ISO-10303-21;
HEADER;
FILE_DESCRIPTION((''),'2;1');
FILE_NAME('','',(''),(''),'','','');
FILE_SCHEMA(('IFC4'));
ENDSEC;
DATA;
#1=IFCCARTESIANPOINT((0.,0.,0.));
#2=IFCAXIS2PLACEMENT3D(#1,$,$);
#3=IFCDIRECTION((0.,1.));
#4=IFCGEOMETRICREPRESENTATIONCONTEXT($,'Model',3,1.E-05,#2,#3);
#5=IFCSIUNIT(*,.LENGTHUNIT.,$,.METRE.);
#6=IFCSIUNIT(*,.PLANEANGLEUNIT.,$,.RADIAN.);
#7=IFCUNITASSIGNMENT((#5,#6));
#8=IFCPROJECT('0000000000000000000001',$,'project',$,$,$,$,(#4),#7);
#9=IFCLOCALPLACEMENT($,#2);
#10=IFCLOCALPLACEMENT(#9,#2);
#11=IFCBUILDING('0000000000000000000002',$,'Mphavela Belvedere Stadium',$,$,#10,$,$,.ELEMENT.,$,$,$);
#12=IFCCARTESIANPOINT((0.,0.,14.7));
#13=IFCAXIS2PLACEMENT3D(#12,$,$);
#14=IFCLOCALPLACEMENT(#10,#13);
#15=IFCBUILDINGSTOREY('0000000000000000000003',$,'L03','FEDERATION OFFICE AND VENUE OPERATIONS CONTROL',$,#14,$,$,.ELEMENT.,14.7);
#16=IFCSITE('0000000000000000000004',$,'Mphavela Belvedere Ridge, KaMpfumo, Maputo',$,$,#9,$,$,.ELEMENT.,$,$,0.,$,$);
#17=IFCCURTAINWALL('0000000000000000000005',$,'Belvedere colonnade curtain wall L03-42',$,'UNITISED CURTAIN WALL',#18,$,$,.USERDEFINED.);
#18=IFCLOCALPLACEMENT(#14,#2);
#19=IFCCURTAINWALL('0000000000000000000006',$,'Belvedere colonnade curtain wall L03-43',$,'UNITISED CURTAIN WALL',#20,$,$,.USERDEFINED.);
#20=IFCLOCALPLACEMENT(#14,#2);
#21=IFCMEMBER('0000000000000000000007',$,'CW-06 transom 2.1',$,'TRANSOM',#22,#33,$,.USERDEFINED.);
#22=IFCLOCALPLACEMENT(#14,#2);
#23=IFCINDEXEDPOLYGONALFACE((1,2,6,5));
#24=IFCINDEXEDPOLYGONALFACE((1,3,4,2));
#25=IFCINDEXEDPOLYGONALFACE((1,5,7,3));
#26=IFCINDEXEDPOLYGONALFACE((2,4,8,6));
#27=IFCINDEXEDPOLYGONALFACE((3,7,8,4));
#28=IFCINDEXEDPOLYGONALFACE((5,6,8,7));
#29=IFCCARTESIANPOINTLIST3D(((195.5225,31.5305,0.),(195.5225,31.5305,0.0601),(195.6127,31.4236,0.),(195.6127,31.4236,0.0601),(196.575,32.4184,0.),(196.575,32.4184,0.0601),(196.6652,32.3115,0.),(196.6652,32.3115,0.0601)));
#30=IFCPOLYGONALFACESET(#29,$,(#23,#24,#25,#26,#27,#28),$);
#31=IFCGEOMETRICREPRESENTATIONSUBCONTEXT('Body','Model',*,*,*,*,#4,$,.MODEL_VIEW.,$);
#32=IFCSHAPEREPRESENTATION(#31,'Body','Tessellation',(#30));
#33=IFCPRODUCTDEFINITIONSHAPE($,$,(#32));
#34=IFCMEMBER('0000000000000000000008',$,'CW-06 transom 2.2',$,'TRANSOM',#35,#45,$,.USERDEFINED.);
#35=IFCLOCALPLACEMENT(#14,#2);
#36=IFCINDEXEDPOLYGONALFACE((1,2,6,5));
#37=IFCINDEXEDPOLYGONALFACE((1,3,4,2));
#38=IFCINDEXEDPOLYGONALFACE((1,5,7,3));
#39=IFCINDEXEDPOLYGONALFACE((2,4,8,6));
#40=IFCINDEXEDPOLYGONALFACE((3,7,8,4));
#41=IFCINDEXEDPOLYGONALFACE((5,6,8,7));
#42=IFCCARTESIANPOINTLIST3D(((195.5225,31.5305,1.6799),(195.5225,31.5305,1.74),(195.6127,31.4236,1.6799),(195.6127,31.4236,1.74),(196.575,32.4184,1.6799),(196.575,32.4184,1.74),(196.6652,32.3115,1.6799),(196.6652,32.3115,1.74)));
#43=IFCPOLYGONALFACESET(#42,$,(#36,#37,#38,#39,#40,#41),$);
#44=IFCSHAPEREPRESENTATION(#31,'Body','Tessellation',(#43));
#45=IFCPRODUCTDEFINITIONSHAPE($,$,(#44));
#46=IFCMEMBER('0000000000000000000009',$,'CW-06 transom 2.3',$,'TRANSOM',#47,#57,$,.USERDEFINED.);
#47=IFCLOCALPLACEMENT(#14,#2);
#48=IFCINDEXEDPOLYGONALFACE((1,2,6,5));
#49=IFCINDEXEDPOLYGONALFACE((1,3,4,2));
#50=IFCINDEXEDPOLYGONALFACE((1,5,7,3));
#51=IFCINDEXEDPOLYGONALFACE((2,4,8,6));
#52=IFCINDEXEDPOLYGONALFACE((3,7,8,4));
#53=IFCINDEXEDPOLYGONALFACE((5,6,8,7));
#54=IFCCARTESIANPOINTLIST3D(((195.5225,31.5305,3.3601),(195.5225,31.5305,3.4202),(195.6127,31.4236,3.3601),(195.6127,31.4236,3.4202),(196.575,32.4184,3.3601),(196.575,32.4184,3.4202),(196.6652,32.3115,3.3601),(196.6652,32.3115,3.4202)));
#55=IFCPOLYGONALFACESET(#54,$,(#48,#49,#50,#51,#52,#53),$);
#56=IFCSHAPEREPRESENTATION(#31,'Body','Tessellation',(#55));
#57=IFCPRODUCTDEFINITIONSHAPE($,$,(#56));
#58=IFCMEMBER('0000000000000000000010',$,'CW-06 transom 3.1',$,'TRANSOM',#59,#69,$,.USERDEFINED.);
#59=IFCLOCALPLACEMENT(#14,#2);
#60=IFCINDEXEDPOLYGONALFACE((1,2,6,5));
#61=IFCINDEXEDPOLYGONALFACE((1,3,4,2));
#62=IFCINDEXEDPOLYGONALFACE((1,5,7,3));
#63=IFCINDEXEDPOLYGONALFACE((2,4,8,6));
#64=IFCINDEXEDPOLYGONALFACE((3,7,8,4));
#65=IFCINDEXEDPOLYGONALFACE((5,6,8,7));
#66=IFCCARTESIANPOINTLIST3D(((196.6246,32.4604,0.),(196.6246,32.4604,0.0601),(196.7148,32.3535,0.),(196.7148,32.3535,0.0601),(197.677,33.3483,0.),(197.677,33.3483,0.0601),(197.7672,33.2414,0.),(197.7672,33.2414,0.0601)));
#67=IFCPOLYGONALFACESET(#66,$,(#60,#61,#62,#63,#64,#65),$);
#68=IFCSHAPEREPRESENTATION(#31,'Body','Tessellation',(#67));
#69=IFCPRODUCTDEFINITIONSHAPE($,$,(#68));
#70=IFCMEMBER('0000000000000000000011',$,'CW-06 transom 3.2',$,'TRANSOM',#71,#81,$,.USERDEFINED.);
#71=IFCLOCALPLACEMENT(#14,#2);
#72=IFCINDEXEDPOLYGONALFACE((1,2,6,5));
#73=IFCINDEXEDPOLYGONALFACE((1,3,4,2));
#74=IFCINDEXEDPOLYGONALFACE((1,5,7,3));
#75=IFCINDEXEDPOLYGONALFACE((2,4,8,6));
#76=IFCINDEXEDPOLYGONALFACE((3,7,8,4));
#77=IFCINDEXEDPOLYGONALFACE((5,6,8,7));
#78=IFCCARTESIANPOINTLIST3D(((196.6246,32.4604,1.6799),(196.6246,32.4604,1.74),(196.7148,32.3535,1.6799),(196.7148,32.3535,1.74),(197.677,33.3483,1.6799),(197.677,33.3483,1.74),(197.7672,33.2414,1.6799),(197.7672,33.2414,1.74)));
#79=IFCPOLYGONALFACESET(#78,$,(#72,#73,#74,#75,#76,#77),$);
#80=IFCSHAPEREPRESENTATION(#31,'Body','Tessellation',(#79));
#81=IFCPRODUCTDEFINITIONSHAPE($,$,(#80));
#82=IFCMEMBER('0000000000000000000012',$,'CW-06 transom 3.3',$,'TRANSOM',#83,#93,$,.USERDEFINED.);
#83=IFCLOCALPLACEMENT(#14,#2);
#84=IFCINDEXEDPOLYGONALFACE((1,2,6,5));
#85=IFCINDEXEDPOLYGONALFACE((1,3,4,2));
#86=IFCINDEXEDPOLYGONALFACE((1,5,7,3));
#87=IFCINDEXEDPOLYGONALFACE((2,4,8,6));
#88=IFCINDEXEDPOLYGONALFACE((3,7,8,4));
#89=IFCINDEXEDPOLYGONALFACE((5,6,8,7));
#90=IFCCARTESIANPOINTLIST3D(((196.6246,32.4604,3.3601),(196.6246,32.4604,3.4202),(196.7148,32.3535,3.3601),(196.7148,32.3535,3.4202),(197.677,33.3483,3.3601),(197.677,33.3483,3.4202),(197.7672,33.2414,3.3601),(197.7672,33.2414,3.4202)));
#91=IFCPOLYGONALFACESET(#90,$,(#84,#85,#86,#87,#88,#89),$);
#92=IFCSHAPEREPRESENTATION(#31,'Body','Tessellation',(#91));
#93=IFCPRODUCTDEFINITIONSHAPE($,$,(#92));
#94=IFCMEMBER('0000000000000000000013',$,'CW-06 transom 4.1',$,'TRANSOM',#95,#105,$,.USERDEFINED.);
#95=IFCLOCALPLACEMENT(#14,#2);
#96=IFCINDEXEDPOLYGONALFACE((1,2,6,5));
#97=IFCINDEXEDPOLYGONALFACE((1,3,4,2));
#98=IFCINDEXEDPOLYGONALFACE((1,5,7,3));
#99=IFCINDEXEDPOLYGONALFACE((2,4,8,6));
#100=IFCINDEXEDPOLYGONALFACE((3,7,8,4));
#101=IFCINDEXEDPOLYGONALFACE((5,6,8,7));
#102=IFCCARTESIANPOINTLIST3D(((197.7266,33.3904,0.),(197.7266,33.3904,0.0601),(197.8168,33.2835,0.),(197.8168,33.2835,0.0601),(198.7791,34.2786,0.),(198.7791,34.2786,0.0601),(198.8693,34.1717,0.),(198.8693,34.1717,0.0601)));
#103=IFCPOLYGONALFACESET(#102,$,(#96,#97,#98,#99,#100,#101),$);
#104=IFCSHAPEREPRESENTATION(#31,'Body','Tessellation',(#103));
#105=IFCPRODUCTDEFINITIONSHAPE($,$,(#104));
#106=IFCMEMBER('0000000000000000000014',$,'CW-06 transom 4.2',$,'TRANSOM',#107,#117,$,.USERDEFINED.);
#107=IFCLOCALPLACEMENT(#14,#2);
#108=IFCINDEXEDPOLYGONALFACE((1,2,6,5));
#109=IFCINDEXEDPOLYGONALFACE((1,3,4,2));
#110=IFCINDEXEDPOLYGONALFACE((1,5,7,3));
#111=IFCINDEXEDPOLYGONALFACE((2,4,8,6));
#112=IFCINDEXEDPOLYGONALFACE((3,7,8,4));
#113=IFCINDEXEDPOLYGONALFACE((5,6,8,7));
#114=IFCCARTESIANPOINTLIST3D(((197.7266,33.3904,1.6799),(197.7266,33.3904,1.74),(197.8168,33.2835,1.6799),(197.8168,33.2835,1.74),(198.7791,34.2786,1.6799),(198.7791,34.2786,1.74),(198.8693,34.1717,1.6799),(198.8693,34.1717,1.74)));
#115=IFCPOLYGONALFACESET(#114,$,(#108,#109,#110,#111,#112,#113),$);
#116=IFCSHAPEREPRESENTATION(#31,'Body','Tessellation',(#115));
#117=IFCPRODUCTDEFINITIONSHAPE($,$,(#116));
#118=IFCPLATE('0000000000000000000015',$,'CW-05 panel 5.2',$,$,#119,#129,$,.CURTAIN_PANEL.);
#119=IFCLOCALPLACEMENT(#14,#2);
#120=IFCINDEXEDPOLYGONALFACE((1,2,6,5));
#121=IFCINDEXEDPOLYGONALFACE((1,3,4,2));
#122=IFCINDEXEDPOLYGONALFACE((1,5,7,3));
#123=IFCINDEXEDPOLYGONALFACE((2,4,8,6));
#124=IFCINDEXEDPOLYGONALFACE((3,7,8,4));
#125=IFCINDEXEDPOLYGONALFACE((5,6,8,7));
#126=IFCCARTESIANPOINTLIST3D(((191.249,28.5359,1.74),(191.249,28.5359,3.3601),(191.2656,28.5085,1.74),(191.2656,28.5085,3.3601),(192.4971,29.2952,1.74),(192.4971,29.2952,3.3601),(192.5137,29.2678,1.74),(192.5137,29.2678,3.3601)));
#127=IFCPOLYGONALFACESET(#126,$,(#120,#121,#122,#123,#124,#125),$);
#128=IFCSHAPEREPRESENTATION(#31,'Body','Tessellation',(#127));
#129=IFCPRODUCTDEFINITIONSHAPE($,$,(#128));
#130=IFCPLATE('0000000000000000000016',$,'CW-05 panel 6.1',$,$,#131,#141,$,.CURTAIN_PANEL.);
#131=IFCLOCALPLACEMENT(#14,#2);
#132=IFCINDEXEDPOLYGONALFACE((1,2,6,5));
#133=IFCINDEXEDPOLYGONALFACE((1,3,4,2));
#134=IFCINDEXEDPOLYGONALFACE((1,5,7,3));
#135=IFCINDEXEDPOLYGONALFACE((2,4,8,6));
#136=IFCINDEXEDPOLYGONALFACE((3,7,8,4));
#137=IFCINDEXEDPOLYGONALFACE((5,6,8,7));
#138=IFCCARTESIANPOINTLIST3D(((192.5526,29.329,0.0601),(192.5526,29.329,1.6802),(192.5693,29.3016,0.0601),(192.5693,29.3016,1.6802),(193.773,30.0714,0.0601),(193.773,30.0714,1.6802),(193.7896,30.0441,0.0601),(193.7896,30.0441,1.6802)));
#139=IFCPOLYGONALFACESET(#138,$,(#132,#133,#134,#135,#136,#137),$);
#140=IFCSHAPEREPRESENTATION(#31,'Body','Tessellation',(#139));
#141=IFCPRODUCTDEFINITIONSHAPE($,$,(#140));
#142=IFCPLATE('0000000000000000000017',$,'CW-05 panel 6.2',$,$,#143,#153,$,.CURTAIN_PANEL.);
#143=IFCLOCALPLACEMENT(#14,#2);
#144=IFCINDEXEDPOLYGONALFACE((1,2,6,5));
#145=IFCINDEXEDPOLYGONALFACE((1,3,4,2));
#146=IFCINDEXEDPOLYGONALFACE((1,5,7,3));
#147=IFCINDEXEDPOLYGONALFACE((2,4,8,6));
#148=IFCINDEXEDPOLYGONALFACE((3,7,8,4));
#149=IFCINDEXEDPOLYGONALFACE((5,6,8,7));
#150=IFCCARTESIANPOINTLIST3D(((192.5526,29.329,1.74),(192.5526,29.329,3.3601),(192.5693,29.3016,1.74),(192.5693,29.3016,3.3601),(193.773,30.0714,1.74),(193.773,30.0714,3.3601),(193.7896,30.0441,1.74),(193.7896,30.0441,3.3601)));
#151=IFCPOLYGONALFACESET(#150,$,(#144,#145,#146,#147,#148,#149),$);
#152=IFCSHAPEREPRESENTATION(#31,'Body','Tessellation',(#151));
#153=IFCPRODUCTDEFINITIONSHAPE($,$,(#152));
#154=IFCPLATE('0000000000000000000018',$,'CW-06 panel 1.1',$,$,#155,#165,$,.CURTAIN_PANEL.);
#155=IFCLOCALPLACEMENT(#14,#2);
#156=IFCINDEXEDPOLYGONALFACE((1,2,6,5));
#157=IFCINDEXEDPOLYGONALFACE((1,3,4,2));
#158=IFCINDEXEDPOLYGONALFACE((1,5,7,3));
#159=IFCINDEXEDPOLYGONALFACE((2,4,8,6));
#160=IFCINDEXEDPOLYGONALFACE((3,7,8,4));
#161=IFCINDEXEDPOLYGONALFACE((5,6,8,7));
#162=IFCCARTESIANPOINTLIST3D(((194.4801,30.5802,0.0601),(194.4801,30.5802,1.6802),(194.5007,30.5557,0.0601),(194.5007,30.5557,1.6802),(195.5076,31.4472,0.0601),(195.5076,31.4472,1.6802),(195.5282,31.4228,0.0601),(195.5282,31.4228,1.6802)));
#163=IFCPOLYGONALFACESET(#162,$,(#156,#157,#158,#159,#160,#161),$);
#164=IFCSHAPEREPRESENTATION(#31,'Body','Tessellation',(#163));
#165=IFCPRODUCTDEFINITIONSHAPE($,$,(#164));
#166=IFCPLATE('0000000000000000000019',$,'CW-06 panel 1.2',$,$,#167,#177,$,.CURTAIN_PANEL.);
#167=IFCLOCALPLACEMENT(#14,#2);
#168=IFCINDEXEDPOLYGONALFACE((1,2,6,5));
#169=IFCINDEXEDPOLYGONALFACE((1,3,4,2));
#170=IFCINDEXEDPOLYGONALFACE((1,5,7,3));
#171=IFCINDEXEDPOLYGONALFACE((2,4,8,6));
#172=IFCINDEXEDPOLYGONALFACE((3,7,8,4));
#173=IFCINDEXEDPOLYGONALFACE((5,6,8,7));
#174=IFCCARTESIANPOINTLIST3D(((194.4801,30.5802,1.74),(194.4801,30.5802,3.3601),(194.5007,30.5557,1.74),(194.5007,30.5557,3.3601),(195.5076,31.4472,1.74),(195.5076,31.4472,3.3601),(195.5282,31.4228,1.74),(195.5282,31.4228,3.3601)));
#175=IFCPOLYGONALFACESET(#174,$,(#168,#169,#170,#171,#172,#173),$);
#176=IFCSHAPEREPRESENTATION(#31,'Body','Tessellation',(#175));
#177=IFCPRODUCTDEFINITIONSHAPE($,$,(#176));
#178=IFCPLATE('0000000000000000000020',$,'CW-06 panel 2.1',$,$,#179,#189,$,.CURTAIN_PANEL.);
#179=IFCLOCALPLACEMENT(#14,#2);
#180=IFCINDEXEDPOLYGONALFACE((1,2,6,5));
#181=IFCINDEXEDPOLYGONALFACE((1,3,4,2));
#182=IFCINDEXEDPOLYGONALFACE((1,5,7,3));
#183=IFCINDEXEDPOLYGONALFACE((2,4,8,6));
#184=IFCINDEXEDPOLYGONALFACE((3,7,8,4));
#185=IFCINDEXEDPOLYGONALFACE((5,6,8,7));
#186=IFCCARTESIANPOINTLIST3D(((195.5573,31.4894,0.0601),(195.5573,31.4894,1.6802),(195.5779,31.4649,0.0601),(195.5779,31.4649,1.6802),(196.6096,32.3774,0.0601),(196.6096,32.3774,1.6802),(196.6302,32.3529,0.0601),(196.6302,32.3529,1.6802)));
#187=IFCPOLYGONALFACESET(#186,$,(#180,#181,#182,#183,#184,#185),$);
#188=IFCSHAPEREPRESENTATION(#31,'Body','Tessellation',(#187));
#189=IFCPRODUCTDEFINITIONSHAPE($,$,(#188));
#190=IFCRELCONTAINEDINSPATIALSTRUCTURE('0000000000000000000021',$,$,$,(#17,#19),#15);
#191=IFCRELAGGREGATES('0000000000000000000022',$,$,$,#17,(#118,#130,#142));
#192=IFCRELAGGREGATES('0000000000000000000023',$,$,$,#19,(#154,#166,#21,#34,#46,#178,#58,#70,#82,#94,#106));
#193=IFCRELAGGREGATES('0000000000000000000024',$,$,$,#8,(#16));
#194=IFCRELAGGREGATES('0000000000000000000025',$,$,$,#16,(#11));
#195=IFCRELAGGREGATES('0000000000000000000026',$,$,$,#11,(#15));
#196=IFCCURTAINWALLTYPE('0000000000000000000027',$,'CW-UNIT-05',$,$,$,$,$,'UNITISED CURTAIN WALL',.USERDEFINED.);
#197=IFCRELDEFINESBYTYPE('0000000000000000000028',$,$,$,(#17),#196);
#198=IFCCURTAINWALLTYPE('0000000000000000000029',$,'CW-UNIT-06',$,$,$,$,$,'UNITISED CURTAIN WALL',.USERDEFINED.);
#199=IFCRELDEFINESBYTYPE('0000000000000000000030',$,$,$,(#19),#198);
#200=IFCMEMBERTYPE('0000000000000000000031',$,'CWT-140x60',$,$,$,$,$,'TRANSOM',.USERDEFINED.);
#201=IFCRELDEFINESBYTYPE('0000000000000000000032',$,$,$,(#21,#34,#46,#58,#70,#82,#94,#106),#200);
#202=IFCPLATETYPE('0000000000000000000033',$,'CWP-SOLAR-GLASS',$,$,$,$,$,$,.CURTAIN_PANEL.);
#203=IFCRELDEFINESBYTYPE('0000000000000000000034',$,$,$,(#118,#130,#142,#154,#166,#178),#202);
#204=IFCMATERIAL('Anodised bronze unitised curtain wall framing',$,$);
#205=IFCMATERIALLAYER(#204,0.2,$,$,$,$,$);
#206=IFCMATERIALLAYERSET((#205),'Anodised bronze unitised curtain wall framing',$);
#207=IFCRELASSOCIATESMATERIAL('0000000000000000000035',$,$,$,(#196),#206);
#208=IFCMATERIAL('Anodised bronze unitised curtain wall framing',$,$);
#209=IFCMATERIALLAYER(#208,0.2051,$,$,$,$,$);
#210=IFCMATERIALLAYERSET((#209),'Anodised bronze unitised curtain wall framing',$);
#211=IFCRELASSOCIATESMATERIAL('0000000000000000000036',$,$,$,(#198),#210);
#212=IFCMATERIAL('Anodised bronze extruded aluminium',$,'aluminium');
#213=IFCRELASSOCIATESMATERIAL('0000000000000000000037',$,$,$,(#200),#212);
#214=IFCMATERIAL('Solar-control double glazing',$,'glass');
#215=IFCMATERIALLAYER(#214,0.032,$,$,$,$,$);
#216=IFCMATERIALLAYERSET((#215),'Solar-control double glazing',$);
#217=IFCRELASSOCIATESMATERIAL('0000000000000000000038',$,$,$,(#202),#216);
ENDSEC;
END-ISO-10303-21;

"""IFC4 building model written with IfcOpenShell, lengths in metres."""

from ifc_helpers import new_model, si_unit, direction, frame, origin, origin_2d, place, context, subcontext, project, spatial, rectangle, extrude, material, layer, layer_set, material_profile, profile_set, type_object, element, aggregate, save


model = new_model("IFC4")

# Units and contexts
model_context = context("Model", 3, precision=1e-05, world=origin(), true_north=direction((0.0, 1.0)))
body_context = subcontext(model_context, "Body", "Model", "MODEL_VIEW")
ifc_project = project(units=[si_unit("LENGTHUNIT", "METRE"), si_unit("PLANEANGLEUNIT", "RADIAN")], contexts=[model_context])

# Site, building, storey
site_placement = place(None, origin())
site = spatial("IfcSite", under=ifc_project, at=site_placement, Name="Mphavela Belvedere Ridge, KaMpfumo, Maputo", CompositionType="ELEMENT", RefElevation=0.0)
building_placement = place(site_placement, origin())
building = spatial("IfcBuilding", under=site, at=building_placement, Name="Mphavela Belvedere Stadium", CompositionType="ELEMENT")
storey_placement = place(building_placement, frame((0.0, 0.0, 14.7)))
storey = spatial("IfcBuildingStorey", under=building, at=storey_placement, Name="L03", Description="FEDERATION OFFICE AND VENUE OPERATIONS CONTROL", CompositionType="ELEMENT", Elevation=14.7)

# Curtain walls
ifc_material_1 = material(Name="Anodised bronze unitised curtain wall framing")
ifc_layer_1 = layer(ifc_material_1, 0.2)
ifc_layer_set_1 = layer_set([ifc_layer_1], Name="Anodised bronze unitised curtain wall framing")
curtain_wall_type_1 = type_object("IfcCurtainWallType", Name="CW-UNIT-05", ElementType="UNITISED CURTAIN WALL", PredefinedType="USERDEFINED", material=ifc_layer_set_1)
curtain_wall_1_placement = place(storey_placement, origin())
curtain_wall_1 = element("IfcCurtainWall", 1, at=curtain_wall_1_placement, inside=storey, type_object=curtain_wall_type_1, Name="Belvedere colonnade curtain wall L03-42", ObjectType="UNITISED CURTAIN WALL", PredefinedType="USERDEFINED")
ifc_material_2 = material(Name="Anodised bronze unitised curtain wall framing")
ifc_layer_2 = layer(ifc_material_2, 0.2051)
ifc_layer_set_2 = layer_set([ifc_layer_2], Name="Anodised bronze unitised curtain wall framing")
curtain_wall_type_2 = type_object("IfcCurtainWallType", Name="CW-UNIT-06", ElementType="UNITISED CURTAIN WALL", PredefinedType="USERDEFINED", material=ifc_layer_set_2)
curtain_wall_2_placement = place(storey_placement, origin())
curtain_wall_2 = element("IfcCurtainWall", 2, at=curtain_wall_2_placement, inside=storey, type_object=curtain_wall_type_2, Name="Belvedere colonnade curtain wall L03-43", ObjectType="UNITISED CURTAIN WALL", PredefinedType="USERDEFINED")

# Members
ifc_material_3 = material(Name="Anodised bronze extruded aluminium", Category="aluminium")
ifc_material_profile_1 = material_profile(ifc_material_3, rectangle(XDim=0.1399, YDim=0.0601, at=origin_2d()), Name="CW-TRN 140x60")
ifc_profile_set_1 = profile_set([ifc_material_profile_1], Name="Anodised bronze extruded aluminium")
member_type_1 = type_object("IfcMemberType", Name="CWT-140x60", ElementType="TRANSOM", PredefinedType="USERDEFINED", material=ifc_profile_set_1)
member_1_placement = place(storey_placement, frame((195.5676, 31.4771, 0.03), z_axis=(0.764327, 0.644829, 0.0), x_axis=(-0.644829, 0.764327, 0.0)))
member_1 = element("IfcMember", 3, at=member_1_placement, type_object=member_type_1, Name="CW-06 transom 2.1", ObjectType="TRANSOM", PredefinedType="USERDEFINED", context=body_context, shape_type="SweptSolid", body=[
    extrude(rectangle(XDim=0.1399, YDim=0.0601, at=origin_2d()), origin(), (0.0, 0.0, 1.0), 1.377),
])
member_2_placement = place(storey_placement, frame((195.5676, 31.4771, 1.71), z_axis=(0.764327, 0.644829, 0.0), x_axis=(-0.644829, 0.764327, 0.0)))
member_2 = element("IfcMember", 4, at=member_2_placement, type_object=member_type_1, Name="CW-06 transom 2.2", ObjectType="TRANSOM", PredefinedType="USERDEFINED", context=body_context, shape_type="SweptSolid", body=[
    extrude(rectangle(XDim=0.1399, YDim=0.0601, at=origin_2d()), origin(), (0.0, 0.0, 1.0), 1.377),
])
member_3_placement = place(storey_placement, frame((195.5676, 31.4771, 3.3901), z_axis=(0.764327, 0.644829, 0.0), x_axis=(-0.644829, 0.764327, 0.0)))
member_3 = element("IfcMember", 5, at=member_3_placement, type_object=member_type_1, Name="CW-06 transom 2.3", ObjectType="TRANSOM", PredefinedType="USERDEFINED", context=body_context, shape_type="SweptSolid", body=[
    extrude(rectangle(XDim=0.1399, YDim=0.0601, at=origin_2d()), origin(), (0.0, 0.0, 1.0), 1.377),
])
member_4_placement = place(storey_placement, frame((196.6697, 32.407, 0.03), z_axis=(0.764327, 0.644829, 0.0), x_axis=(-0.644829, 0.764327, 0.0)))
member_4 = element("IfcMember", 6, at=member_4_placement, type_object=member_type_1, Name="CW-06 transom 3.1", ObjectType="TRANSOM", PredefinedType="USERDEFINED", context=body_context, shape_type="SweptSolid", body=[
    extrude(rectangle(XDim=0.1399, YDim=0.0601, at=origin_2d()), origin(), (0.0, 0.0, 1.0), 1.377),
])
member_5_placement = place(storey_placement, frame((196.6697, 32.407, 1.71), z_axis=(0.764327, 0.644829, 0.0), x_axis=(-0.644829, 0.764327, 0.0)))
member_5 = element("IfcMember", 7, at=member_5_placement, type_object=member_type_1, Name="CW-06 transom 3.2", ObjectType="TRANSOM", PredefinedType="USERDEFINED", context=body_context, shape_type="SweptSolid", body=[
    extrude(rectangle(XDim=0.1399, YDim=0.0601, at=origin_2d()), origin(), (0.0, 0.0, 1.0), 1.377),
])
member_6_placement = place(storey_placement, frame((196.6697, 32.407, 3.3901), z_axis=(0.764327, 0.644829, 0.0), x_axis=(-0.644829, 0.764327, 0.0)))
member_6 = element("IfcMember", 8, at=member_6_placement, type_object=member_type_1, Name="CW-06 transom 3.3", ObjectType="TRANSOM", PredefinedType="USERDEFINED", context=body_context, shape_type="SweptSolid", body=[
    extrude(rectangle(XDim=0.1399, YDim=0.0601, at=origin_2d()), origin(), (0.0, 0.0, 1.0), 1.377),
])
member_7_placement = place(storey_placement, frame((197.7717, 33.3369, 0.03), z_axis=(0.76424, 0.644932, 0.0), x_axis=(-0.644932, 0.76424, 0.0)))
member_7 = element("IfcMember", 9, at=member_7_placement, type_object=member_type_1, Name="CW-06 transom 4.1", ObjectType="TRANSOM", PredefinedType="USERDEFINED", context=body_context, shape_type="SweptSolid", body=[
    extrude(rectangle(XDim=0.1399, YDim=0.0601, at=origin_2d()), origin(), (0.0, 0.0, 1.0), 1.3772),
])
member_8_placement = place(storey_placement, frame((197.7717, 33.3369, 1.71), z_axis=(0.76424, 0.644932, 0.0), x_axis=(-0.644932, 0.76424, 0.0)))
member_8 = element("IfcMember", 10, at=member_8_placement, type_object=member_type_1, Name="CW-06 transom 4.2", ObjectType="TRANSOM", PredefinedType="USERDEFINED", context=body_context, shape_type="SweptSolid", body=[
    extrude(rectangle(XDim=0.1399, YDim=0.0601, at=origin_2d()), origin(), (0.0, 0.0, 1.0), 1.3772),
])

# Plates
ifc_material_4 = material(Name="Solar-control double glazing", Category="glass")
ifc_layer_3 = layer(ifc_material_4, 0.032)
ifc_layer_set_3 = layer_set([ifc_layer_3], Name="Solar-control double glazing")
plate_type = type_object("IfcPlateType", Name="CWP-SOLAR-GLASS", PredefinedType="CURTAIN_PANEL", material=ifc_layer_set_3)
plate_1_placement = place(storey_placement, frame((191.8813, 28.9019, 1.74), z_axis=(0.0, 0.0, 1.0), x_axis=(0.854325, 0.519738, 0.0)))
plate_1 = element("IfcPlate", 11, at=plate_1_placement, type_object=plate_type, Name="CW-05 panel 5.2", PredefinedType="CURTAIN_PANEL", context=body_context, shape_type="SweptSolid", body=[
    extrude(rectangle(XDim=1.4609, YDim=0.032, at=origin_2d()), origin(), (0.0, 0.0, 1.0), 1.6201),
])
plate_2_placement = place(storey_placement, frame((193.1711, 29.6865, 0.0601), z_axis=(0.0, 0.0, 1.0), x_axis=(0.854325, 0.519738, 0.0)))
plate_2 = element("IfcPlate", 12, at=plate_2_placement, type_object=plate_type, Name="CW-05 panel 6.1", PredefinedType="CURTAIN_PANEL", context=body_context, shape_type="SweptSolid", body=[
    extrude(rectangle(XDim=1.4285, YDim=0.032, at=origin_2d()), origin(), (0.0, 0.0, 1.0), 1.6201),
])
plate_3_placement = place(storey_placement, frame((193.1711, 29.6865, 1.74), z_axis=(0.0, 0.0, 1.0), x_axis=(0.854325, 0.519738, 0.0)))
plate_3 = element("IfcPlate", 13, at=plate_3_placement, type_object=plate_type, Name="CW-05 panel 6.2", PredefinedType="CURTAIN_PANEL", context=body_context, shape_type="SweptSolid", body=[
    extrude(rectangle(XDim=1.4285, YDim=0.032, at=origin_2d()), origin(), (0.0, 0.0, 1.0), 1.6201),
])
aggregate(curtain_wall_1, [plate_1, plate_2, plate_3])
plate_4_placement = place(storey_placement, frame((195.0042, 31.0015, 0.0601), z_axis=(0.0, 0.0, 1.0), x_axis=(0.764263, 0.644905, 0.0)))
plate_4 = element("IfcPlate", 14, at=plate_4_placement, type_object=plate_type, Name="CW-06 panel 1.1", PredefinedType="CURTAIN_PANEL", context=body_context, shape_type="SweptSolid", body=[
    extrude(rectangle(XDim=1.3445, YDim=0.032, at=origin_2d()), origin(), (0.0, 0.0, 1.0), 1.6201),
])
plate_5_placement = place(storey_placement, frame((195.0042, 31.0015, 1.74), z_axis=(0.0, 0.0, 1.0), x_axis=(0.764263, 0.644905, 0.0)))
plate_5 = element("IfcPlate", 15, at=plate_5_placement, type_object=plate_type, Name="CW-06 panel 1.2", PredefinedType="CURTAIN_PANEL", context=body_context, shape_type="SweptSolid", body=[
    extrude(rectangle(XDim=1.3445, YDim=0.032, at=origin_2d()), origin(), (0.0, 0.0, 1.0), 1.6201),
])
plate_6_placement = place(storey_placement, frame((196.0938, 31.9211, 0.0601), z_axis=(0.0, 0.0, 1.0), x_axis=(0.764263, 0.644905, 0.0)))
plate_6 = element("IfcPlate", 16, at=plate_6_placement, type_object=plate_type, Name="CW-06 panel 2.1", PredefinedType="CURTAIN_PANEL", context=body_context, shape_type="SweptSolid", body=[
    extrude(rectangle(XDim=1.377, YDim=0.032, at=origin_2d()), origin(), (0.0, 0.0, 1.0), 1.6201),
])
aggregate(curtain_wall_2, [plate_4, plate_5, member_1, member_2, member_3, plate_6, member_4, member_5, member_6, member_7, member_8])

save(model, "model.ifc")
